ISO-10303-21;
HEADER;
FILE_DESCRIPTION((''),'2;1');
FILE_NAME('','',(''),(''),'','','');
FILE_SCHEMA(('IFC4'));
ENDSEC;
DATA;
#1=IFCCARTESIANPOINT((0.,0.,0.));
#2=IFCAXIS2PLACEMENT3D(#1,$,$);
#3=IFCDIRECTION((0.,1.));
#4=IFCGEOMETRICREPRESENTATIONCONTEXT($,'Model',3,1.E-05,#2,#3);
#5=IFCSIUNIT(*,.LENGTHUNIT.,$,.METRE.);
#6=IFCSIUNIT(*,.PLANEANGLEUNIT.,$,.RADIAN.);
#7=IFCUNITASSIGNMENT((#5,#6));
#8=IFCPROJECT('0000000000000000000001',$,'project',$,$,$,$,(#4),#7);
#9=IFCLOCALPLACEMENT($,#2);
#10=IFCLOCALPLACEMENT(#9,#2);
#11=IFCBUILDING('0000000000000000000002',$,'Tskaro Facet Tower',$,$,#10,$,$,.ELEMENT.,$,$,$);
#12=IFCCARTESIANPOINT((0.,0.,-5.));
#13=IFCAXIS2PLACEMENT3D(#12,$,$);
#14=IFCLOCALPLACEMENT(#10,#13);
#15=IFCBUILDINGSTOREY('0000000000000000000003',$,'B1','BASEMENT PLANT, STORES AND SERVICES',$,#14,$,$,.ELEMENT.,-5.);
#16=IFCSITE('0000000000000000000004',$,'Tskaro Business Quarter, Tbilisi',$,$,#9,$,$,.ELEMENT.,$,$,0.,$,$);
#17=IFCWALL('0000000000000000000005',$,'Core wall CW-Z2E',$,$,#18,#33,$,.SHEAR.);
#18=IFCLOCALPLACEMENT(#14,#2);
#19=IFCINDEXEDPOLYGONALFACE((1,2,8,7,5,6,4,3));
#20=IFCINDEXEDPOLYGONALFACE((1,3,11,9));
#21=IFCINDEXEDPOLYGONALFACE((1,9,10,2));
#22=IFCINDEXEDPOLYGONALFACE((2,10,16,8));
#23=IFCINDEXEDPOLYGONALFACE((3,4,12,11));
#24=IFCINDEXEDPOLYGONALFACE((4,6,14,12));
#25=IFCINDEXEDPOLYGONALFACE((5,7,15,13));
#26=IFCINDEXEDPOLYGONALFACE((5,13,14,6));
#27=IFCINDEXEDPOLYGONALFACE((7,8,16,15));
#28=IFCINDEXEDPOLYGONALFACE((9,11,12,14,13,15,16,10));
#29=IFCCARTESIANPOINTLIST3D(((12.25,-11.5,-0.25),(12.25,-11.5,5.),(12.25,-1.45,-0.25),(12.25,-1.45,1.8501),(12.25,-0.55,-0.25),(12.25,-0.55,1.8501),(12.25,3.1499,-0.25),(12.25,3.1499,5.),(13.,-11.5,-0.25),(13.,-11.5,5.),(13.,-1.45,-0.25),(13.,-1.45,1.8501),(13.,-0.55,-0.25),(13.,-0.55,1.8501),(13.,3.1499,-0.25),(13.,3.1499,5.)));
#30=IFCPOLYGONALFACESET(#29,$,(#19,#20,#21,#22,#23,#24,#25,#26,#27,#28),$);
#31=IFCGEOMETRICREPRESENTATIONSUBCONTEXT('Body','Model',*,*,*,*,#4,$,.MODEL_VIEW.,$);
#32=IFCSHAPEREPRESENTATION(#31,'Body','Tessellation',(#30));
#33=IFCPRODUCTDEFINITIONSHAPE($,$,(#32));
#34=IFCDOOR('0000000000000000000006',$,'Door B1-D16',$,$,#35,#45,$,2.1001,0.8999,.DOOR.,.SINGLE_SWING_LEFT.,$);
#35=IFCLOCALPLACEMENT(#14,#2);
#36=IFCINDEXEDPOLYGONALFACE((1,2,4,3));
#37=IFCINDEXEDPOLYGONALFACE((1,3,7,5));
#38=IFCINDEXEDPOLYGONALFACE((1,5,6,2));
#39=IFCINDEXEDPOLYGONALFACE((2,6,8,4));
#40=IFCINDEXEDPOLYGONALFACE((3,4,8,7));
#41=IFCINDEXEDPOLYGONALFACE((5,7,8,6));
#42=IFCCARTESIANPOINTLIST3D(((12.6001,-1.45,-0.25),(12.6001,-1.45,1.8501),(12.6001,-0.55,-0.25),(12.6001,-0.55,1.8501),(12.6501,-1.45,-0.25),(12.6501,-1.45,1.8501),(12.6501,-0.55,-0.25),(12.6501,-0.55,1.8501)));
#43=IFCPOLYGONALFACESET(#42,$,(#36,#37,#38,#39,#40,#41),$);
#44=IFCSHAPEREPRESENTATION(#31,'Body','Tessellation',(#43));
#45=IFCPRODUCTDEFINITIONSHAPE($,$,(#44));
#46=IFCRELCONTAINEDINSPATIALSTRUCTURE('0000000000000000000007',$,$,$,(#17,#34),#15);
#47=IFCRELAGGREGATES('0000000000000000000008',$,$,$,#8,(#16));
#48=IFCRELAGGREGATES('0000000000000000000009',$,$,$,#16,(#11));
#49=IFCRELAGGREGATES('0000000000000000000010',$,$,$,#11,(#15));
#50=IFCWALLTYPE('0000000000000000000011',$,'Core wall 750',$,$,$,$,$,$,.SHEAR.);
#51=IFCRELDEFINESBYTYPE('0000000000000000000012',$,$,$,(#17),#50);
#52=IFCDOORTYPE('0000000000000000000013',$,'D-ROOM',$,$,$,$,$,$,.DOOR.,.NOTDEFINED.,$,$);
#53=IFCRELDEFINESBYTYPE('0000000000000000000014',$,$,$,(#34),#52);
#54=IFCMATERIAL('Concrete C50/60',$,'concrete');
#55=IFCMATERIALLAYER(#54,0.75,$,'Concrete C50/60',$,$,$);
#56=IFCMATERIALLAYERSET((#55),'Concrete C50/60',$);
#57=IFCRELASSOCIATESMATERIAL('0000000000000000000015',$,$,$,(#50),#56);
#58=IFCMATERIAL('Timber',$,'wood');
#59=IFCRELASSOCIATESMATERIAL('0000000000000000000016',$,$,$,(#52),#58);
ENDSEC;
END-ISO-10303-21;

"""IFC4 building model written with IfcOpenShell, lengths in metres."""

from ifc_helpers import new_model, si_unit, direction, frame, frame_2d, origin, place, context, subcontext, project, spatial, rectangle, extrude, material, layer, layer_set, type_object, element, fill, save


model = new_model("IFC4")

# Units and contexts
model_context = context("Model", 3, precision=1e-05, world=origin(), true_north=direction((0.0, 1.0)))
body_context = subcontext(model_context, "Body", "Model", "MODEL_VIEW")
ifc_project = project(units=[si_unit("LENGTHUNIT", "METRE"), si_unit("PLANEANGLEUNIT", "RADIAN")], contexts=[model_context])

# Site, building, storey
site_placement = place(None, origin())
site = spatial("IfcSite", under=ifc_project, at=site_placement, Name="Tskaro Business Quarter, Tbilisi", CompositionType="ELEMENT", RefElevation=0.0)
building_placement = place(site_placement, origin())
building = spatial("IfcBuilding", under=site, at=building_placement, Name="Tskaro Facet Tower", CompositionType="ELEMENT")
storey_placement = place(building_placement, frame((0.0, 0.0, -5.0)))
storey = spatial("IfcBuildingStorey", under=building, at=storey_placement, Name="B1", Description="BASEMENT PLANT, STORES AND SERVICES", CompositionType="ELEMENT", Elevation=-5.0)

# Wall, opening, door
ifc_material_1 = material(Name="Concrete C50/60", Category="concrete")
ifc_layer_1 = layer(ifc_material_1, 0.75, Name="Concrete C50/60")
ifc_layer_set_1 = layer_set([ifc_layer_1], Name="Concrete C50/60")
wall_type_1 = type_object("IfcWallType", Name="Core wall 750", PredefinedType="SHEAR", material=ifc_layer_set_1)
wall_1_placement = place(storey_placement, frame((12.625, -11.5, -0.25), z_axis=(0.0, 0.0, 1.0), x_axis=(0.0, 1.0, 0.0)))
wall_1 = element("IfcWall", 1, at=wall_1_placement, inside=storey, type_object=wall_type_1, Name="Core wall CW-Z2E", PredefinedType="SHEAR", context=body_context, shape_type="SweptSolid", body=[
    extrude(rectangle(XDim=14.6499, YDim=0.75, at=frame_2d((7.325, 0.0))), origin(), (0.0, 0.0, 1.0), 5.25),
])
opening_1_placement = place(wall_1_placement, frame((10.05, 0.0, 0.0)))
opening_1 = element("IfcOpeningElement", 2, at=opening_1_placement, cuts=wall_1, PredefinedType="OPENING", context=body_context, shape_type="SweptSolid", body=[
    extrude(rectangle(XDim=0.8999, YDim=2.1001, at=frame_2d((0.45, 1.05))), frame((0.0, 0.385, 0.0), z_axis=(0.0, -1.0, 0.0), x_axis=(1.0, 0.0, 0.0)), (0.0, 0.0, 1.0), 0.77),
])
ifc_material_2 = material(Name="Timber", Category="wood")
door_type_1 = type_object("IfcDoorType", Name="D-ROOM", OperationType="NOTDEFINED", PredefinedType="DOOR", material=ifc_material_2)
door_1_placement = place(opening_1_placement, origin())
door_1 = element("IfcDoor", 3, at=door_1_placement, inside=storey, type_object=door_type_1, Name="Door B1-D16", OperationType="SINGLE_SWING_LEFT", OverallHeight=2.1001, OverallWidth=0.8999, PredefinedType="DOOR", context=body_context, shape_type="SweptSolid", body=[
    extrude(rectangle(XDim=0.8999, YDim=2.1001, at=frame_2d((0.45, 1.05))), frame((0.0, 0.0249, 0.0), z_axis=(0.0, -1.0, 0.0), x_axis=(1.0, 0.0, 0.0)), (0.0, 0.0, 1.0), 0.05),
])
fill(opening_1, door_1)

save(model, "model.ifc")
